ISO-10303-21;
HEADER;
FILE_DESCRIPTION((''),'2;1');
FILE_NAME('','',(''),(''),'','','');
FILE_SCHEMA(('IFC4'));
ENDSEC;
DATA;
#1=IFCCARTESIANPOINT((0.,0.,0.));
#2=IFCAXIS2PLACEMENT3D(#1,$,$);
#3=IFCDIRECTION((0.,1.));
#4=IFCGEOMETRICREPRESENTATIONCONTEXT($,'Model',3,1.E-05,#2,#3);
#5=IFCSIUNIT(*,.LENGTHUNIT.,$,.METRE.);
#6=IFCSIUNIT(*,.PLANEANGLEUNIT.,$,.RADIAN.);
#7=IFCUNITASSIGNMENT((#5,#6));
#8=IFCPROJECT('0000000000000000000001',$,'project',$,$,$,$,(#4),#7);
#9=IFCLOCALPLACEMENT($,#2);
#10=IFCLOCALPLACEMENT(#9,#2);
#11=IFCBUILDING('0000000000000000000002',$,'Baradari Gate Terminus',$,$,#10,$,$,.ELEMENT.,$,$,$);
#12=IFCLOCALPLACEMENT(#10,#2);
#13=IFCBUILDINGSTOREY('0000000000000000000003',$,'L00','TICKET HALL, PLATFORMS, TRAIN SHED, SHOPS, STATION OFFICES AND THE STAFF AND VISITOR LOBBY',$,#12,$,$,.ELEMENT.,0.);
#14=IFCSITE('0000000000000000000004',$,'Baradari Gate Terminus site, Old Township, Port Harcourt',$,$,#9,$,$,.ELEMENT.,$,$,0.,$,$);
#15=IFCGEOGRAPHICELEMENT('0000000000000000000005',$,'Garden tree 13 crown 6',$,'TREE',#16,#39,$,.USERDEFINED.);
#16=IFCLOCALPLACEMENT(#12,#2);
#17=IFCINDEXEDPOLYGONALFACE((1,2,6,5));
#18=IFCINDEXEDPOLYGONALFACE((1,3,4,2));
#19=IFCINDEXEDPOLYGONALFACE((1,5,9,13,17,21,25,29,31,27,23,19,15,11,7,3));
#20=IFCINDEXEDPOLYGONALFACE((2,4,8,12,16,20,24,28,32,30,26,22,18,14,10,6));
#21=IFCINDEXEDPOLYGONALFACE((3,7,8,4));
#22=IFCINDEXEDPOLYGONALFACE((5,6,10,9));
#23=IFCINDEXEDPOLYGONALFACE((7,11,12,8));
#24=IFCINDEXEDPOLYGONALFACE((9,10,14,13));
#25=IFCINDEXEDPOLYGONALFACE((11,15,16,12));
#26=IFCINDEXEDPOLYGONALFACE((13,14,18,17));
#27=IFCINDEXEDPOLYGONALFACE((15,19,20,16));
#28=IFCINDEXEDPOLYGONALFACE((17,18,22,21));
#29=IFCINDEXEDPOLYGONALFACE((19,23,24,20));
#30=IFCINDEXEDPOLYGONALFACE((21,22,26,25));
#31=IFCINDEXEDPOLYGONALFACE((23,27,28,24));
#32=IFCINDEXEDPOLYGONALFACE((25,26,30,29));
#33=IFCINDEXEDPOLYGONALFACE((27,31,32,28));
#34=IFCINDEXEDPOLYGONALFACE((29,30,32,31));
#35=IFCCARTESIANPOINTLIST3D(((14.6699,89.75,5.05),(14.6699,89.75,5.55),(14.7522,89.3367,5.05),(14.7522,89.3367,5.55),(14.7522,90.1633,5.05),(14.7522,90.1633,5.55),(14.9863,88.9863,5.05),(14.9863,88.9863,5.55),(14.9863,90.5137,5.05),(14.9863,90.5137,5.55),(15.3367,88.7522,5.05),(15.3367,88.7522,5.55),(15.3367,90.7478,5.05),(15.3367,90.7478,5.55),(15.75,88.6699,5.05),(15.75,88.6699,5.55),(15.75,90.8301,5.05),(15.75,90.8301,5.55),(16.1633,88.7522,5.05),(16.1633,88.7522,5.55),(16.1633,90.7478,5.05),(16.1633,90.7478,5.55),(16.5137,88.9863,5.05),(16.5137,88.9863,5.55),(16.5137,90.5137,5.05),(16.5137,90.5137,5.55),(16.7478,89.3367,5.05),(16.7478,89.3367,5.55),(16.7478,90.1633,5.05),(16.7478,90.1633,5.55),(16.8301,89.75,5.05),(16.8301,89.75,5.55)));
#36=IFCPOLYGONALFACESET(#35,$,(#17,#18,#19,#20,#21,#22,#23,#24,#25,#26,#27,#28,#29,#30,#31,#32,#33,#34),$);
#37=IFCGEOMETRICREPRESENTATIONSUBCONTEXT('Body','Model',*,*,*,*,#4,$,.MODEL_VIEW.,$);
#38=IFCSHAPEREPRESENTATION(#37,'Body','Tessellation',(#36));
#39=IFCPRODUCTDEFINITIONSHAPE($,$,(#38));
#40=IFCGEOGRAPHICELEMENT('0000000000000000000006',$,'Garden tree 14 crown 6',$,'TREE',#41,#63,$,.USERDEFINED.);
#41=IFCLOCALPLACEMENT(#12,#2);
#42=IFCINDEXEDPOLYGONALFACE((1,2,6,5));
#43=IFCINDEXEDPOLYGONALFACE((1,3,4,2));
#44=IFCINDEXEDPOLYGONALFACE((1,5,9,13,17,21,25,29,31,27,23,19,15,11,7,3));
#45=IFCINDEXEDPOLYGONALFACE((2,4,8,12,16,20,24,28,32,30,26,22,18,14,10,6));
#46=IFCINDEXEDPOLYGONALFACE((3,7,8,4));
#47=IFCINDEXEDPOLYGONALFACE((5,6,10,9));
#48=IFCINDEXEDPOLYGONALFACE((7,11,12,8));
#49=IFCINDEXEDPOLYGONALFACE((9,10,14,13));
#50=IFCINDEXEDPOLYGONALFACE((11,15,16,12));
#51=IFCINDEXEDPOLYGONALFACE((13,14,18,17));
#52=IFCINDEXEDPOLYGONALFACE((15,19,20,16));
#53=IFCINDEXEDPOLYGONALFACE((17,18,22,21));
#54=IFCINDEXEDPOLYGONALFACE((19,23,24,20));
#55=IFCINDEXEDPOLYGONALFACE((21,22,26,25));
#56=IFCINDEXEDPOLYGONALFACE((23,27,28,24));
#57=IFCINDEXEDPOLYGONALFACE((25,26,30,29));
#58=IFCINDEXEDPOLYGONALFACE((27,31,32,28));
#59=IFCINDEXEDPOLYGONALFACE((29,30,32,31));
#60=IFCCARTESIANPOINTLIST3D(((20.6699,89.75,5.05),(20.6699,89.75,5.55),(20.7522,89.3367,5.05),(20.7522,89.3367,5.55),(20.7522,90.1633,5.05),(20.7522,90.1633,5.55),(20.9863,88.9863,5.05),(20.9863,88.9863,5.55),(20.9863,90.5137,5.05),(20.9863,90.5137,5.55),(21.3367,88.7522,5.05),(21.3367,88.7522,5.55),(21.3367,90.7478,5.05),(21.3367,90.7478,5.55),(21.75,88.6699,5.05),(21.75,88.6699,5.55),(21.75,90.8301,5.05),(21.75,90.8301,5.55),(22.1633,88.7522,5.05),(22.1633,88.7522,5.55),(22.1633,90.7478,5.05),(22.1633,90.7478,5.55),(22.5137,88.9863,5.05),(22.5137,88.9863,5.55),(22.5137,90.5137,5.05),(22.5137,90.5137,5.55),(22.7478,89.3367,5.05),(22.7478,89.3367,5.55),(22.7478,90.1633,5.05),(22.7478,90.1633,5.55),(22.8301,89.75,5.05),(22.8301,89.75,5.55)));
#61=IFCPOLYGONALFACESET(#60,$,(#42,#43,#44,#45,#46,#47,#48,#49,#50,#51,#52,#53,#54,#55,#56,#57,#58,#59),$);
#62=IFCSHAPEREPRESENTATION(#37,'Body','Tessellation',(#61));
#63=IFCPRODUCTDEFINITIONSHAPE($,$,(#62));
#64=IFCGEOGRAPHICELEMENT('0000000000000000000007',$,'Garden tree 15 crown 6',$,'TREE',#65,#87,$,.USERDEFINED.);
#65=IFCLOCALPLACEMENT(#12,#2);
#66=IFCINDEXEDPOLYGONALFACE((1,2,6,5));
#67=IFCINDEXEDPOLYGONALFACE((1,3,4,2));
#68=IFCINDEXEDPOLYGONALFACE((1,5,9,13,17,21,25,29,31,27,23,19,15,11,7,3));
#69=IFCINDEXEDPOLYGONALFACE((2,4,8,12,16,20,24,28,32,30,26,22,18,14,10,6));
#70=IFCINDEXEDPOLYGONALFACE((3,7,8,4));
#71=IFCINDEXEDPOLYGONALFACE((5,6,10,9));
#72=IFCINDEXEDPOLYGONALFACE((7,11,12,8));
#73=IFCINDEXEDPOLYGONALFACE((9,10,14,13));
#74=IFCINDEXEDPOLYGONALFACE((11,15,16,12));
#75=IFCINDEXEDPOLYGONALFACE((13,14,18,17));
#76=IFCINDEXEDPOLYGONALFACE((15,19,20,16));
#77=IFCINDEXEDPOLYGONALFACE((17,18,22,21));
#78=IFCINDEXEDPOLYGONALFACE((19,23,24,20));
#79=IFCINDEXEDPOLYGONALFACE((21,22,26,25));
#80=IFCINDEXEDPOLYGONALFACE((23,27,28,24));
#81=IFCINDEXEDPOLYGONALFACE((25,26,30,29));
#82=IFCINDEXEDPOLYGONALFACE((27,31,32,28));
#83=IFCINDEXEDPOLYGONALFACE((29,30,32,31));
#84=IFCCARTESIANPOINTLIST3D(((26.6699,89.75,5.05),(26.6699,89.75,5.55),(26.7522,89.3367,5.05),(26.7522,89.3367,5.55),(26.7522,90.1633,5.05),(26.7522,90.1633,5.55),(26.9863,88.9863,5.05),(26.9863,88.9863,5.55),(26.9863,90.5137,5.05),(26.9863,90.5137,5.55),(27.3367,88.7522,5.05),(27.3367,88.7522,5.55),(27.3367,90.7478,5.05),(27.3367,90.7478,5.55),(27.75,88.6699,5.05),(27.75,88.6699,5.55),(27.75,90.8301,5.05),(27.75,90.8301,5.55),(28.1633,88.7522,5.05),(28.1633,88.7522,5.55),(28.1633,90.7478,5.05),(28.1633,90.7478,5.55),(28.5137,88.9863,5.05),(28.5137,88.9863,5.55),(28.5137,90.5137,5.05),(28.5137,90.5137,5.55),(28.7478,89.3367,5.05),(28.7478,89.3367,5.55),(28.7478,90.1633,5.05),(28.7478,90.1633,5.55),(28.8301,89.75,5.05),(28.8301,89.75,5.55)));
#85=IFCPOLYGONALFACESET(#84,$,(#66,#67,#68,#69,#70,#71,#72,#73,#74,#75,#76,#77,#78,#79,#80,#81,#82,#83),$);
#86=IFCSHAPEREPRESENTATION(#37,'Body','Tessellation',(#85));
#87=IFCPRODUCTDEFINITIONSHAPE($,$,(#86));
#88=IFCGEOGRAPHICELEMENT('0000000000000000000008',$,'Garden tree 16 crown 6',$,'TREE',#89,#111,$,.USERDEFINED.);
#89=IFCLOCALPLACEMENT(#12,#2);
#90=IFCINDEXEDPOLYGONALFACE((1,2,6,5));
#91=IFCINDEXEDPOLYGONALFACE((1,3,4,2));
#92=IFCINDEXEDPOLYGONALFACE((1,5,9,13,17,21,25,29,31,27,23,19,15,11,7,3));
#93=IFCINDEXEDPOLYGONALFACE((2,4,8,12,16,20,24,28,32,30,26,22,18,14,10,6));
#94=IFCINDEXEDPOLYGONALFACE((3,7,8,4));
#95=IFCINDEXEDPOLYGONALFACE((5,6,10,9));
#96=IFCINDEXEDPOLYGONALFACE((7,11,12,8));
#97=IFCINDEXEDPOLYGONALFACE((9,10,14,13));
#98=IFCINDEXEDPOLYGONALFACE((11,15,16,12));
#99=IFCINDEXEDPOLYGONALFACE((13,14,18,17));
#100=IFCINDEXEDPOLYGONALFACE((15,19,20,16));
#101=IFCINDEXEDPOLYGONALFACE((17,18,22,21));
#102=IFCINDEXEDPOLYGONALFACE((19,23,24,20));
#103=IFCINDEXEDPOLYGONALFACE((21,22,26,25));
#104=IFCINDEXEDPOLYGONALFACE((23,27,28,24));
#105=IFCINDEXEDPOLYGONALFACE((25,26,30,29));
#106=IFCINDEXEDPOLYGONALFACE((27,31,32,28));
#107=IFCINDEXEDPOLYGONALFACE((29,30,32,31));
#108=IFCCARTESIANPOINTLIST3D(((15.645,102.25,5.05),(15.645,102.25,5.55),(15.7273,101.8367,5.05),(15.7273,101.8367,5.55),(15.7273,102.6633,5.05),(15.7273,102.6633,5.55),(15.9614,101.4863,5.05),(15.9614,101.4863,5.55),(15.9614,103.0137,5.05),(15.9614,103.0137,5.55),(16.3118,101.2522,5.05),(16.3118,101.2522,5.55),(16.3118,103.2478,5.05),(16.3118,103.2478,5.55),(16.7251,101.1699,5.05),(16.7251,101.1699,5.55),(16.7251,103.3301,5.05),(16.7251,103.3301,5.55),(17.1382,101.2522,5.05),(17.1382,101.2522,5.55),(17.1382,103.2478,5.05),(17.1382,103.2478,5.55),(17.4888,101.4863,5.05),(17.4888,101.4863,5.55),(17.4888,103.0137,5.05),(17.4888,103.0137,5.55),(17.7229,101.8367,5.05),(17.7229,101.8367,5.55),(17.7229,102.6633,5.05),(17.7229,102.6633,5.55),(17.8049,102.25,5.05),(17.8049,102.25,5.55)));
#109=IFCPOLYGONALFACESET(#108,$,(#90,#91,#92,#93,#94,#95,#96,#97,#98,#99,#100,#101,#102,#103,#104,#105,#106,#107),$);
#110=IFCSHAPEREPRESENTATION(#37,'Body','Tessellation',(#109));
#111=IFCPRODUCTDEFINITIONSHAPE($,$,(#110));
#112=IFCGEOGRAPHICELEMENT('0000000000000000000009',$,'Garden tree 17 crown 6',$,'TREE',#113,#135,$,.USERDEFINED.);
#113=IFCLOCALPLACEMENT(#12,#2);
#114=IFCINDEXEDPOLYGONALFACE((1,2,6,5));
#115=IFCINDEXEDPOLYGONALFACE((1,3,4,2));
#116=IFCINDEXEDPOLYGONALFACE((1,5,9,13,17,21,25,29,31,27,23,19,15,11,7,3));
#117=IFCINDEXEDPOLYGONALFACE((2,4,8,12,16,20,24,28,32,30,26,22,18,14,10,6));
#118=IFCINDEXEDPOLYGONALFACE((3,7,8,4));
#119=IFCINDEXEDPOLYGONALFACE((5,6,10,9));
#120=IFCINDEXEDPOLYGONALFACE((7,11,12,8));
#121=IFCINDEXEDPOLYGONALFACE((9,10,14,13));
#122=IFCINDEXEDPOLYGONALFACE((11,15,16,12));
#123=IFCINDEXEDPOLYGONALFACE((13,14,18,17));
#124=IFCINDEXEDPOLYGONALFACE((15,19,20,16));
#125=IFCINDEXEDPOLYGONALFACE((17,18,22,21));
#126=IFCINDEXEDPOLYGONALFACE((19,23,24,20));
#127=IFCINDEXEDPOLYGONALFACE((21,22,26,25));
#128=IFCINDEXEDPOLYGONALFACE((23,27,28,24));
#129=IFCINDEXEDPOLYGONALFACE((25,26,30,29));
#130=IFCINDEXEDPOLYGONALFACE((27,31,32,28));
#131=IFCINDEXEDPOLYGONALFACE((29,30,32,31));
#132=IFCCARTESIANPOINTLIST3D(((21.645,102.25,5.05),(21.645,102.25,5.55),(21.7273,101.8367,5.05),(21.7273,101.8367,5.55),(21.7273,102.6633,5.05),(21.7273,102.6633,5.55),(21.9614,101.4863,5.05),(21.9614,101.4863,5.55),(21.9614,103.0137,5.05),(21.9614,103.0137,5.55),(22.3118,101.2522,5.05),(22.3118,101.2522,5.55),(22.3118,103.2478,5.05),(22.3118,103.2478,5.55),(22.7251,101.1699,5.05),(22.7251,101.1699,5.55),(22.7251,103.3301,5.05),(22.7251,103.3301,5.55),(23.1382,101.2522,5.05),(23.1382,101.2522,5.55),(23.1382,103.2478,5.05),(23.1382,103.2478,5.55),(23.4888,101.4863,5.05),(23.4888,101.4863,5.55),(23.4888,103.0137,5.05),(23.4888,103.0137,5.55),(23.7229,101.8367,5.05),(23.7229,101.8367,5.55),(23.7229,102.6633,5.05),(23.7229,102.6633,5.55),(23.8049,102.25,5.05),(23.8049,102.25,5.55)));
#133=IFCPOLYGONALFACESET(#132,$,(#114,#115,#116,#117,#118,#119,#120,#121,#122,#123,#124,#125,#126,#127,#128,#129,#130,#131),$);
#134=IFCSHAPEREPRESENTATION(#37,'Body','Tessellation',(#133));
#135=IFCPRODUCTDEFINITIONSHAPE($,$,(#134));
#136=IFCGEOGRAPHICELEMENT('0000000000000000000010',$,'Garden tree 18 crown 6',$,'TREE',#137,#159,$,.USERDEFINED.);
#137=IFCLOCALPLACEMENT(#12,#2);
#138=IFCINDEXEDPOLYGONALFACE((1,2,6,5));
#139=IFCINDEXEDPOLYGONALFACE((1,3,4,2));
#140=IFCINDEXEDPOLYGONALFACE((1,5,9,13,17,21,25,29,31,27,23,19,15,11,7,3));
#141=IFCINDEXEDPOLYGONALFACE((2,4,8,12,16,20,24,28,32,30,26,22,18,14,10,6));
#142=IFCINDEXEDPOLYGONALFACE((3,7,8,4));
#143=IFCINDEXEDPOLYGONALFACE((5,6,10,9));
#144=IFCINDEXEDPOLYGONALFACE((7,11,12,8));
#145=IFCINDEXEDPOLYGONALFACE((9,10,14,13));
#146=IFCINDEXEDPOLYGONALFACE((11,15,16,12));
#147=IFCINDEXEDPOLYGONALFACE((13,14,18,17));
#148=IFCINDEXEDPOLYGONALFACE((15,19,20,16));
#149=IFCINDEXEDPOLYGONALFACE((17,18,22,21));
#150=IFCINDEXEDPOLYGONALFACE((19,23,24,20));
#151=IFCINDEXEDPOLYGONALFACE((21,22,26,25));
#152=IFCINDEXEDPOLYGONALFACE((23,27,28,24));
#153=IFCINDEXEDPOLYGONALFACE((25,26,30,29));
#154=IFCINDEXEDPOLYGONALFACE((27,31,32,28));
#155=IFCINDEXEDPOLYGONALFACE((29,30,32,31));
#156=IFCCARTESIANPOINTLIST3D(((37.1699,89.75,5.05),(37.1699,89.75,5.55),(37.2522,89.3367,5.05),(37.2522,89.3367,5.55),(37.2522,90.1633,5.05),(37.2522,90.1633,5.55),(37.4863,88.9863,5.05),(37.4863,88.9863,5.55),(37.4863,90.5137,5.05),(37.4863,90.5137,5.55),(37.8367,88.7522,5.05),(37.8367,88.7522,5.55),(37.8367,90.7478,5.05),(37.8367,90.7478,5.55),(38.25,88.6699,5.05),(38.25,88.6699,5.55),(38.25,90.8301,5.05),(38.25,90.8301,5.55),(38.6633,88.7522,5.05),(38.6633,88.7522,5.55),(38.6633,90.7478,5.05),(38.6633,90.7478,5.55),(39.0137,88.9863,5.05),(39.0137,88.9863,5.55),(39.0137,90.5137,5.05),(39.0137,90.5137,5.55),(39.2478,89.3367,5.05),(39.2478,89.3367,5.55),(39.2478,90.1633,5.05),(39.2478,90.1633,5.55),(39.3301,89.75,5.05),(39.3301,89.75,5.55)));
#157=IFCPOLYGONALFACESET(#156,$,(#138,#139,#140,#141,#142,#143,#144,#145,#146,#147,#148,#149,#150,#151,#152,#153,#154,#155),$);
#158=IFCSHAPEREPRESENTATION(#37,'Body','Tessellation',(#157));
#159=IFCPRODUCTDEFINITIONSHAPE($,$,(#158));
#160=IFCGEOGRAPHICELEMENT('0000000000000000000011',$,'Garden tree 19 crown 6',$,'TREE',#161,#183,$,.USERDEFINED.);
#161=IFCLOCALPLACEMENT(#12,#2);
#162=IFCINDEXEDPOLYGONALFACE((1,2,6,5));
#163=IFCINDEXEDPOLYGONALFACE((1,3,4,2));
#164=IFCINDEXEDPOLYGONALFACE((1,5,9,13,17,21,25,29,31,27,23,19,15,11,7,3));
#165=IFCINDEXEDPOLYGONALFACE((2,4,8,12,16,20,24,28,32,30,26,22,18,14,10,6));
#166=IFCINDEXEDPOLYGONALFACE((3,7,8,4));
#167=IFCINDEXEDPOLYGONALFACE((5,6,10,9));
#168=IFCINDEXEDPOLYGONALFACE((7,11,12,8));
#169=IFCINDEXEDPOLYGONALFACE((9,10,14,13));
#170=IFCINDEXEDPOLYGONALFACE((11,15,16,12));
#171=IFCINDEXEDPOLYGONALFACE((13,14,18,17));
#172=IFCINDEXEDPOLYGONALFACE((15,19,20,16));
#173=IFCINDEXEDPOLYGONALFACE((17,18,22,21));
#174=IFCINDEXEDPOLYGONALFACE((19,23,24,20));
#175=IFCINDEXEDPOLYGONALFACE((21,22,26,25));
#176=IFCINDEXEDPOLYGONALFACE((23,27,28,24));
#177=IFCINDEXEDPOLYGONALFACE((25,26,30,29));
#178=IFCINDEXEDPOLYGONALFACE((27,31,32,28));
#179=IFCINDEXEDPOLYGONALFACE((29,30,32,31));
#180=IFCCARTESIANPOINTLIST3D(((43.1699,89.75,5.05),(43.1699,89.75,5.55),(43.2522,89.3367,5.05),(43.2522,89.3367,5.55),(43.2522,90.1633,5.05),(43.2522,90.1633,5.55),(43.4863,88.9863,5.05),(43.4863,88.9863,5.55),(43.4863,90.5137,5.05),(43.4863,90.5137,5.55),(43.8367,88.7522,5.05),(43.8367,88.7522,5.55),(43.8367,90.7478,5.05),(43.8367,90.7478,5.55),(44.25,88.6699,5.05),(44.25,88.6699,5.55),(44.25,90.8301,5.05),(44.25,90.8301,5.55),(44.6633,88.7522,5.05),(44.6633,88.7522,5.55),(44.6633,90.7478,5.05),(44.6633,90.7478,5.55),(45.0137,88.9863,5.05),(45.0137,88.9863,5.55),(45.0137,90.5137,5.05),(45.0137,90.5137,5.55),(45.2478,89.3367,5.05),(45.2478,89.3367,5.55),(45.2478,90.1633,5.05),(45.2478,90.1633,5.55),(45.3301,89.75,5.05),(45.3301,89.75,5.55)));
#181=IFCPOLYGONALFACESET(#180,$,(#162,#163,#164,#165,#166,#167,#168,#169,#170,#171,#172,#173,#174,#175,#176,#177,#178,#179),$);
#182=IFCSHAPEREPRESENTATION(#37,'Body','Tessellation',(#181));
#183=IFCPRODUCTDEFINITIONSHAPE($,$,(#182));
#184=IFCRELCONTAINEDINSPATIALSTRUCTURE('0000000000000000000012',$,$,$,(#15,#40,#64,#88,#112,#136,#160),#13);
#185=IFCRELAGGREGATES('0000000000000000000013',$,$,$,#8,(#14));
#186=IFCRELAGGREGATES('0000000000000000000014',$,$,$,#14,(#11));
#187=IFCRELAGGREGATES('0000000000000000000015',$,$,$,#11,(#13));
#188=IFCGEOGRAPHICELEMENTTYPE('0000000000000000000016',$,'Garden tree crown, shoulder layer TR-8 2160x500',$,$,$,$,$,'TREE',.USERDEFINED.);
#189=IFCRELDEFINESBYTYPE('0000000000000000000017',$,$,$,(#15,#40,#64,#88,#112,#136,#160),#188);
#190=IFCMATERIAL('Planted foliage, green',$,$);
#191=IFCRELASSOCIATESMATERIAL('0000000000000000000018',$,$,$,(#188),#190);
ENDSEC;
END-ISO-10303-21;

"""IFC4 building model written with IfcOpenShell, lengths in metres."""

from ifc_helpers import new_model, si_unit, direction, frame, origin, place, context, subcontext, project, spatial, polyline, outline, extrude, material, type_object, element, save


model = new_model("IFC4")

# Units and contexts
model_context = context("Model", 3, precision=1e-05, world=origin(), true_north=direction((0.0, 1.0)))
body_context = subcontext(model_context, "Body", "Model", "MODEL_VIEW")
ifc_project = project(units=[si_unit("LENGTHUNIT", "METRE"), si_unit("PLANEANGLEUNIT", "RADIAN")], contexts=[model_context])

# Site, building, storey
site_placement = place(None, origin())
site = spatial("IfcSite", under=ifc_project, at=site_placement, Name="Baradari Gate Terminus site, Old Township, Port Harcourt", CompositionType="ELEMENT", RefElevation=0.0)
building_placement = place(site_placement, origin())
building = spatial("IfcBuilding", under=site, at=building_placement, Name="Baradari Gate Terminus", CompositionType="ELEMENT")
storey_placement = place(building_placement, origin())
storey = spatial("IfcBuildingStorey", under=building, at=storey_placement, Name="L00", Description="TICKET HALL, PLATFORMS, TRAIN SHED, SHOPS, STATION OFFICES AND THE STAFF AND VISITOR LOBBY", CompositionType="ELEMENT", Elevation=0.0)

# Geographic elements
ifc_material_1 = material(Name="Planted foliage, green")
geographic_element_type_1 = type_object("IfcGeographicElementType", Name="Garden tree crown, shoulder layer TR-8 2160x500", ElementType="TREE", PredefinedType="USERDEFINED", material=ifc_material_1)
geographic_element_1_placement = place(storey_placement, frame((0.0, 0.0, 5.05)))
element("IfcGeographicElement", 1, at=geographic_element_1_placement, inside=storey, type_object=geographic_element_type_1, Name="Garden tree 13 crown 6", ObjectType="TREE", PredefinedType="USERDEFINED", context=body_context, shape_type="SweptSolid", body=[
    extrude(outline(polyline([(16.8301, 89.75), (16.7478, 90.1633), (16.5137, 90.5137), (16.1633, 90.7478), (15.75, 90.8301), (15.3367, 90.7478), (14.9863, 90.5137), (14.7522, 90.1633), (14.6699, 89.75), (14.7522, 89.3367), (14.9863, 88.9863), (15.3367, 88.7522), (15.75, 88.6699), (16.1633, 88.7522), (16.5137, 88.9863), (16.7478, 89.3367), (16.8301, 89.75)])), origin(), (0.0, 0.0, 1.0), 0.5),
])
geographic_element_2_placement = place(storey_placement, frame((0.0, 0.0, 5.05)))
element("IfcGeographicElement", 2, at=geographic_element_2_placement, inside=storey, type_object=geographic_element_type_1, Name="Garden tree 14 crown 6", ObjectType="TREE", PredefinedType="USERDEFINED", context=body_context, shape_type="SweptSolid", body=[
    extrude(outline(polyline([(22.8301, 89.75), (22.7478, 90.1633), (22.5137, 90.5137), (22.1633, 90.7478), (21.75, 90.8301), (21.3367, 90.7478), (20.9863, 90.5137), (20.7522, 90.1633), (20.6699, 89.75), (20.7522, 89.3367), (20.9863, 88.9863), (21.3367, 88.7522), (21.75, 88.6699), (22.1633, 88.7522), (22.5137, 88.9863), (22.7478, 89.3367), (22.8301, 89.75)])), origin(), (0.0, 0.0, 1.0), 0.5),
])
geographic_element_3_placement = place(storey_placement, frame((0.0, 0.0, 5.05)))
element("IfcGeographicElement", 3, at=geographic_element_3_placement, inside=storey, type_object=geographic_element_type_1, Name="Garden tree 15 crown 6", ObjectType="TREE", PredefinedType="USERDEFINED", context=body_context, shape_type="SweptSolid", body=[
    extrude(outline(polyline([(28.8301, 89.75), (28.7478, 90.1633), (28.5137, 90.5137), (28.1633, 90.7478), (27.75, 90.8301), (27.3367, 90.7478), (26.9863, 90.5137), (26.7522, 90.1633), (26.6699, 89.75), (26.7522, 89.3367), (26.9863, 88.9863), (27.3367, 88.7522), (27.75, 88.6699), (28.1633, 88.7522), (28.5137, 88.9863), (28.7478, 89.3367), (28.8301, 89.75)])), origin(), (0.0, 0.0, 1.0), 0.5),
])
geographic_element_4_placement = place(storey_placement, frame((0.0, 0.0, 5.05)))
element("IfcGeographicElement", 4, at=geographic_element_4_placement, inside=storey, type_object=geographic_element_type_1, Name="Garden tree 16 crown 6", ObjectType="TREE", PredefinedType="USERDEFINED", context=body_context, shape_type="SweptSolid", body=[
    extrude(outline(polyline([(17.8049, 102.25), (17.7229, 102.6633), (17.4888, 103.0137), (17.1382, 103.2478), (16.7251, 103.3301), (16.3118, 103.2478), (15.9614, 103.0137), (15.7273, 102.6633), (15.645, 102.25), (15.7273, 101.8367), (15.9614, 101.4863), (16.3118, 101.2522), (16.7251, 101.1699), (17.1382, 101.2522), (17.4888, 101.4863), (17.7229, 101.8367), (17.8049, 102.25)])), origin(), (0.0, 0.0, 1.0), 0.5),
])
geographic_element_5_placement = place(storey_placement, frame((0.0, 0.0, 5.05)))
element("IfcGeographicElement", 5, at=geographic_element_5_placement, inside=storey, type_object=geographic_element_type_1, Name="Garden tree 17 crown 6", ObjectType="TREE", PredefinedType="USERDEFINED", context=body_context, shape_type="SweptSolid", body=[
    extrude(outline(polyline([(23.8049, 102.25), (23.7229, 102.6633), (23.4888, 103.0137), (23.1382, 103.2478), (22.7251, 103.3301), (22.3118, 103.2478), (21.9614, 103.0137), (21.7273, 102.6633), (21.645, 102.25), (21.7273, 101.8367), (21.9614, 101.4863), (22.3118, 101.2522), (22.7251, 101.1699), (23.1382, 101.2522), (23.4888, 101.4863), (23.7229, 101.8367), (23.8049, 102.25)])), origin(), (0.0, 0.0, 1.0), 0.5),
])
geographic_element_6_placement = place(storey_placement, frame((0.0, 0.0, 5.05)))
element("IfcGeographicElement", 6, at=geographic_element_6_placement, inside=storey, type_object=geographic_element_type_1, Name="Garden tree 18 crown 6", ObjectType="TREE", PredefinedType="USERDEFINED", context=body_context, shape_type="SweptSolid", body=[
    extrude(outline(polyline([(39.3301, 89.75), (39.2478, 90.1633), (39.0137, 90.5137), (38.6633, 90.7478), (38.25, 90.8301), (37.8367, 90.7478), (37.4863, 90.5137), (37.2522, 90.1633), (37.1699, 89.75), (37.2522, 89.3367), (37.4863, 88.9863), (37.8367, 88.7522), (38.25, 88.6699), (38.6633, 88.7522), (39.0137, 88.9863), (39.2478, 89.3367), (39.3301, 89.75)])), origin(), (0.0, 0.0, 1.0), 0.5),
])
geographic_element_7_placement = place(storey_placement, frame((0.0, 0.0, 5.05)))
element("IfcGeographicElement", 7, at=geographic_element_7_placement, inside=storey, type_object=geographic_element_type_1, Name="Garden tree 19 crown 6", ObjectType="TREE", PredefinedType="USERDEFINED", context=body_context, shape_type="SweptSolid", body=[
    extrude(outline(polyline([(45.3301, 89.75), (45.2478, 90.1633), (45.0137, 90.5137), (44.6633, 90.7478), (44.25, 90.8301), (43.8367, 90.7478), (43.4863, 90.5137), (43.2522, 90.1633), (43.1699, 89.75), (43.2522, 89.3367), (43.4863, 88.9863), (43.8367, 88.7522), (44.25, 88.6699), (44.6633, 88.7522), (45.0137, 88.9863), (45.2478, 89.3367), (45.3301, 89.75)])), origin(), (0.0, 0.0, 1.0), 0.5),
])

save(model, "model.ifc")
